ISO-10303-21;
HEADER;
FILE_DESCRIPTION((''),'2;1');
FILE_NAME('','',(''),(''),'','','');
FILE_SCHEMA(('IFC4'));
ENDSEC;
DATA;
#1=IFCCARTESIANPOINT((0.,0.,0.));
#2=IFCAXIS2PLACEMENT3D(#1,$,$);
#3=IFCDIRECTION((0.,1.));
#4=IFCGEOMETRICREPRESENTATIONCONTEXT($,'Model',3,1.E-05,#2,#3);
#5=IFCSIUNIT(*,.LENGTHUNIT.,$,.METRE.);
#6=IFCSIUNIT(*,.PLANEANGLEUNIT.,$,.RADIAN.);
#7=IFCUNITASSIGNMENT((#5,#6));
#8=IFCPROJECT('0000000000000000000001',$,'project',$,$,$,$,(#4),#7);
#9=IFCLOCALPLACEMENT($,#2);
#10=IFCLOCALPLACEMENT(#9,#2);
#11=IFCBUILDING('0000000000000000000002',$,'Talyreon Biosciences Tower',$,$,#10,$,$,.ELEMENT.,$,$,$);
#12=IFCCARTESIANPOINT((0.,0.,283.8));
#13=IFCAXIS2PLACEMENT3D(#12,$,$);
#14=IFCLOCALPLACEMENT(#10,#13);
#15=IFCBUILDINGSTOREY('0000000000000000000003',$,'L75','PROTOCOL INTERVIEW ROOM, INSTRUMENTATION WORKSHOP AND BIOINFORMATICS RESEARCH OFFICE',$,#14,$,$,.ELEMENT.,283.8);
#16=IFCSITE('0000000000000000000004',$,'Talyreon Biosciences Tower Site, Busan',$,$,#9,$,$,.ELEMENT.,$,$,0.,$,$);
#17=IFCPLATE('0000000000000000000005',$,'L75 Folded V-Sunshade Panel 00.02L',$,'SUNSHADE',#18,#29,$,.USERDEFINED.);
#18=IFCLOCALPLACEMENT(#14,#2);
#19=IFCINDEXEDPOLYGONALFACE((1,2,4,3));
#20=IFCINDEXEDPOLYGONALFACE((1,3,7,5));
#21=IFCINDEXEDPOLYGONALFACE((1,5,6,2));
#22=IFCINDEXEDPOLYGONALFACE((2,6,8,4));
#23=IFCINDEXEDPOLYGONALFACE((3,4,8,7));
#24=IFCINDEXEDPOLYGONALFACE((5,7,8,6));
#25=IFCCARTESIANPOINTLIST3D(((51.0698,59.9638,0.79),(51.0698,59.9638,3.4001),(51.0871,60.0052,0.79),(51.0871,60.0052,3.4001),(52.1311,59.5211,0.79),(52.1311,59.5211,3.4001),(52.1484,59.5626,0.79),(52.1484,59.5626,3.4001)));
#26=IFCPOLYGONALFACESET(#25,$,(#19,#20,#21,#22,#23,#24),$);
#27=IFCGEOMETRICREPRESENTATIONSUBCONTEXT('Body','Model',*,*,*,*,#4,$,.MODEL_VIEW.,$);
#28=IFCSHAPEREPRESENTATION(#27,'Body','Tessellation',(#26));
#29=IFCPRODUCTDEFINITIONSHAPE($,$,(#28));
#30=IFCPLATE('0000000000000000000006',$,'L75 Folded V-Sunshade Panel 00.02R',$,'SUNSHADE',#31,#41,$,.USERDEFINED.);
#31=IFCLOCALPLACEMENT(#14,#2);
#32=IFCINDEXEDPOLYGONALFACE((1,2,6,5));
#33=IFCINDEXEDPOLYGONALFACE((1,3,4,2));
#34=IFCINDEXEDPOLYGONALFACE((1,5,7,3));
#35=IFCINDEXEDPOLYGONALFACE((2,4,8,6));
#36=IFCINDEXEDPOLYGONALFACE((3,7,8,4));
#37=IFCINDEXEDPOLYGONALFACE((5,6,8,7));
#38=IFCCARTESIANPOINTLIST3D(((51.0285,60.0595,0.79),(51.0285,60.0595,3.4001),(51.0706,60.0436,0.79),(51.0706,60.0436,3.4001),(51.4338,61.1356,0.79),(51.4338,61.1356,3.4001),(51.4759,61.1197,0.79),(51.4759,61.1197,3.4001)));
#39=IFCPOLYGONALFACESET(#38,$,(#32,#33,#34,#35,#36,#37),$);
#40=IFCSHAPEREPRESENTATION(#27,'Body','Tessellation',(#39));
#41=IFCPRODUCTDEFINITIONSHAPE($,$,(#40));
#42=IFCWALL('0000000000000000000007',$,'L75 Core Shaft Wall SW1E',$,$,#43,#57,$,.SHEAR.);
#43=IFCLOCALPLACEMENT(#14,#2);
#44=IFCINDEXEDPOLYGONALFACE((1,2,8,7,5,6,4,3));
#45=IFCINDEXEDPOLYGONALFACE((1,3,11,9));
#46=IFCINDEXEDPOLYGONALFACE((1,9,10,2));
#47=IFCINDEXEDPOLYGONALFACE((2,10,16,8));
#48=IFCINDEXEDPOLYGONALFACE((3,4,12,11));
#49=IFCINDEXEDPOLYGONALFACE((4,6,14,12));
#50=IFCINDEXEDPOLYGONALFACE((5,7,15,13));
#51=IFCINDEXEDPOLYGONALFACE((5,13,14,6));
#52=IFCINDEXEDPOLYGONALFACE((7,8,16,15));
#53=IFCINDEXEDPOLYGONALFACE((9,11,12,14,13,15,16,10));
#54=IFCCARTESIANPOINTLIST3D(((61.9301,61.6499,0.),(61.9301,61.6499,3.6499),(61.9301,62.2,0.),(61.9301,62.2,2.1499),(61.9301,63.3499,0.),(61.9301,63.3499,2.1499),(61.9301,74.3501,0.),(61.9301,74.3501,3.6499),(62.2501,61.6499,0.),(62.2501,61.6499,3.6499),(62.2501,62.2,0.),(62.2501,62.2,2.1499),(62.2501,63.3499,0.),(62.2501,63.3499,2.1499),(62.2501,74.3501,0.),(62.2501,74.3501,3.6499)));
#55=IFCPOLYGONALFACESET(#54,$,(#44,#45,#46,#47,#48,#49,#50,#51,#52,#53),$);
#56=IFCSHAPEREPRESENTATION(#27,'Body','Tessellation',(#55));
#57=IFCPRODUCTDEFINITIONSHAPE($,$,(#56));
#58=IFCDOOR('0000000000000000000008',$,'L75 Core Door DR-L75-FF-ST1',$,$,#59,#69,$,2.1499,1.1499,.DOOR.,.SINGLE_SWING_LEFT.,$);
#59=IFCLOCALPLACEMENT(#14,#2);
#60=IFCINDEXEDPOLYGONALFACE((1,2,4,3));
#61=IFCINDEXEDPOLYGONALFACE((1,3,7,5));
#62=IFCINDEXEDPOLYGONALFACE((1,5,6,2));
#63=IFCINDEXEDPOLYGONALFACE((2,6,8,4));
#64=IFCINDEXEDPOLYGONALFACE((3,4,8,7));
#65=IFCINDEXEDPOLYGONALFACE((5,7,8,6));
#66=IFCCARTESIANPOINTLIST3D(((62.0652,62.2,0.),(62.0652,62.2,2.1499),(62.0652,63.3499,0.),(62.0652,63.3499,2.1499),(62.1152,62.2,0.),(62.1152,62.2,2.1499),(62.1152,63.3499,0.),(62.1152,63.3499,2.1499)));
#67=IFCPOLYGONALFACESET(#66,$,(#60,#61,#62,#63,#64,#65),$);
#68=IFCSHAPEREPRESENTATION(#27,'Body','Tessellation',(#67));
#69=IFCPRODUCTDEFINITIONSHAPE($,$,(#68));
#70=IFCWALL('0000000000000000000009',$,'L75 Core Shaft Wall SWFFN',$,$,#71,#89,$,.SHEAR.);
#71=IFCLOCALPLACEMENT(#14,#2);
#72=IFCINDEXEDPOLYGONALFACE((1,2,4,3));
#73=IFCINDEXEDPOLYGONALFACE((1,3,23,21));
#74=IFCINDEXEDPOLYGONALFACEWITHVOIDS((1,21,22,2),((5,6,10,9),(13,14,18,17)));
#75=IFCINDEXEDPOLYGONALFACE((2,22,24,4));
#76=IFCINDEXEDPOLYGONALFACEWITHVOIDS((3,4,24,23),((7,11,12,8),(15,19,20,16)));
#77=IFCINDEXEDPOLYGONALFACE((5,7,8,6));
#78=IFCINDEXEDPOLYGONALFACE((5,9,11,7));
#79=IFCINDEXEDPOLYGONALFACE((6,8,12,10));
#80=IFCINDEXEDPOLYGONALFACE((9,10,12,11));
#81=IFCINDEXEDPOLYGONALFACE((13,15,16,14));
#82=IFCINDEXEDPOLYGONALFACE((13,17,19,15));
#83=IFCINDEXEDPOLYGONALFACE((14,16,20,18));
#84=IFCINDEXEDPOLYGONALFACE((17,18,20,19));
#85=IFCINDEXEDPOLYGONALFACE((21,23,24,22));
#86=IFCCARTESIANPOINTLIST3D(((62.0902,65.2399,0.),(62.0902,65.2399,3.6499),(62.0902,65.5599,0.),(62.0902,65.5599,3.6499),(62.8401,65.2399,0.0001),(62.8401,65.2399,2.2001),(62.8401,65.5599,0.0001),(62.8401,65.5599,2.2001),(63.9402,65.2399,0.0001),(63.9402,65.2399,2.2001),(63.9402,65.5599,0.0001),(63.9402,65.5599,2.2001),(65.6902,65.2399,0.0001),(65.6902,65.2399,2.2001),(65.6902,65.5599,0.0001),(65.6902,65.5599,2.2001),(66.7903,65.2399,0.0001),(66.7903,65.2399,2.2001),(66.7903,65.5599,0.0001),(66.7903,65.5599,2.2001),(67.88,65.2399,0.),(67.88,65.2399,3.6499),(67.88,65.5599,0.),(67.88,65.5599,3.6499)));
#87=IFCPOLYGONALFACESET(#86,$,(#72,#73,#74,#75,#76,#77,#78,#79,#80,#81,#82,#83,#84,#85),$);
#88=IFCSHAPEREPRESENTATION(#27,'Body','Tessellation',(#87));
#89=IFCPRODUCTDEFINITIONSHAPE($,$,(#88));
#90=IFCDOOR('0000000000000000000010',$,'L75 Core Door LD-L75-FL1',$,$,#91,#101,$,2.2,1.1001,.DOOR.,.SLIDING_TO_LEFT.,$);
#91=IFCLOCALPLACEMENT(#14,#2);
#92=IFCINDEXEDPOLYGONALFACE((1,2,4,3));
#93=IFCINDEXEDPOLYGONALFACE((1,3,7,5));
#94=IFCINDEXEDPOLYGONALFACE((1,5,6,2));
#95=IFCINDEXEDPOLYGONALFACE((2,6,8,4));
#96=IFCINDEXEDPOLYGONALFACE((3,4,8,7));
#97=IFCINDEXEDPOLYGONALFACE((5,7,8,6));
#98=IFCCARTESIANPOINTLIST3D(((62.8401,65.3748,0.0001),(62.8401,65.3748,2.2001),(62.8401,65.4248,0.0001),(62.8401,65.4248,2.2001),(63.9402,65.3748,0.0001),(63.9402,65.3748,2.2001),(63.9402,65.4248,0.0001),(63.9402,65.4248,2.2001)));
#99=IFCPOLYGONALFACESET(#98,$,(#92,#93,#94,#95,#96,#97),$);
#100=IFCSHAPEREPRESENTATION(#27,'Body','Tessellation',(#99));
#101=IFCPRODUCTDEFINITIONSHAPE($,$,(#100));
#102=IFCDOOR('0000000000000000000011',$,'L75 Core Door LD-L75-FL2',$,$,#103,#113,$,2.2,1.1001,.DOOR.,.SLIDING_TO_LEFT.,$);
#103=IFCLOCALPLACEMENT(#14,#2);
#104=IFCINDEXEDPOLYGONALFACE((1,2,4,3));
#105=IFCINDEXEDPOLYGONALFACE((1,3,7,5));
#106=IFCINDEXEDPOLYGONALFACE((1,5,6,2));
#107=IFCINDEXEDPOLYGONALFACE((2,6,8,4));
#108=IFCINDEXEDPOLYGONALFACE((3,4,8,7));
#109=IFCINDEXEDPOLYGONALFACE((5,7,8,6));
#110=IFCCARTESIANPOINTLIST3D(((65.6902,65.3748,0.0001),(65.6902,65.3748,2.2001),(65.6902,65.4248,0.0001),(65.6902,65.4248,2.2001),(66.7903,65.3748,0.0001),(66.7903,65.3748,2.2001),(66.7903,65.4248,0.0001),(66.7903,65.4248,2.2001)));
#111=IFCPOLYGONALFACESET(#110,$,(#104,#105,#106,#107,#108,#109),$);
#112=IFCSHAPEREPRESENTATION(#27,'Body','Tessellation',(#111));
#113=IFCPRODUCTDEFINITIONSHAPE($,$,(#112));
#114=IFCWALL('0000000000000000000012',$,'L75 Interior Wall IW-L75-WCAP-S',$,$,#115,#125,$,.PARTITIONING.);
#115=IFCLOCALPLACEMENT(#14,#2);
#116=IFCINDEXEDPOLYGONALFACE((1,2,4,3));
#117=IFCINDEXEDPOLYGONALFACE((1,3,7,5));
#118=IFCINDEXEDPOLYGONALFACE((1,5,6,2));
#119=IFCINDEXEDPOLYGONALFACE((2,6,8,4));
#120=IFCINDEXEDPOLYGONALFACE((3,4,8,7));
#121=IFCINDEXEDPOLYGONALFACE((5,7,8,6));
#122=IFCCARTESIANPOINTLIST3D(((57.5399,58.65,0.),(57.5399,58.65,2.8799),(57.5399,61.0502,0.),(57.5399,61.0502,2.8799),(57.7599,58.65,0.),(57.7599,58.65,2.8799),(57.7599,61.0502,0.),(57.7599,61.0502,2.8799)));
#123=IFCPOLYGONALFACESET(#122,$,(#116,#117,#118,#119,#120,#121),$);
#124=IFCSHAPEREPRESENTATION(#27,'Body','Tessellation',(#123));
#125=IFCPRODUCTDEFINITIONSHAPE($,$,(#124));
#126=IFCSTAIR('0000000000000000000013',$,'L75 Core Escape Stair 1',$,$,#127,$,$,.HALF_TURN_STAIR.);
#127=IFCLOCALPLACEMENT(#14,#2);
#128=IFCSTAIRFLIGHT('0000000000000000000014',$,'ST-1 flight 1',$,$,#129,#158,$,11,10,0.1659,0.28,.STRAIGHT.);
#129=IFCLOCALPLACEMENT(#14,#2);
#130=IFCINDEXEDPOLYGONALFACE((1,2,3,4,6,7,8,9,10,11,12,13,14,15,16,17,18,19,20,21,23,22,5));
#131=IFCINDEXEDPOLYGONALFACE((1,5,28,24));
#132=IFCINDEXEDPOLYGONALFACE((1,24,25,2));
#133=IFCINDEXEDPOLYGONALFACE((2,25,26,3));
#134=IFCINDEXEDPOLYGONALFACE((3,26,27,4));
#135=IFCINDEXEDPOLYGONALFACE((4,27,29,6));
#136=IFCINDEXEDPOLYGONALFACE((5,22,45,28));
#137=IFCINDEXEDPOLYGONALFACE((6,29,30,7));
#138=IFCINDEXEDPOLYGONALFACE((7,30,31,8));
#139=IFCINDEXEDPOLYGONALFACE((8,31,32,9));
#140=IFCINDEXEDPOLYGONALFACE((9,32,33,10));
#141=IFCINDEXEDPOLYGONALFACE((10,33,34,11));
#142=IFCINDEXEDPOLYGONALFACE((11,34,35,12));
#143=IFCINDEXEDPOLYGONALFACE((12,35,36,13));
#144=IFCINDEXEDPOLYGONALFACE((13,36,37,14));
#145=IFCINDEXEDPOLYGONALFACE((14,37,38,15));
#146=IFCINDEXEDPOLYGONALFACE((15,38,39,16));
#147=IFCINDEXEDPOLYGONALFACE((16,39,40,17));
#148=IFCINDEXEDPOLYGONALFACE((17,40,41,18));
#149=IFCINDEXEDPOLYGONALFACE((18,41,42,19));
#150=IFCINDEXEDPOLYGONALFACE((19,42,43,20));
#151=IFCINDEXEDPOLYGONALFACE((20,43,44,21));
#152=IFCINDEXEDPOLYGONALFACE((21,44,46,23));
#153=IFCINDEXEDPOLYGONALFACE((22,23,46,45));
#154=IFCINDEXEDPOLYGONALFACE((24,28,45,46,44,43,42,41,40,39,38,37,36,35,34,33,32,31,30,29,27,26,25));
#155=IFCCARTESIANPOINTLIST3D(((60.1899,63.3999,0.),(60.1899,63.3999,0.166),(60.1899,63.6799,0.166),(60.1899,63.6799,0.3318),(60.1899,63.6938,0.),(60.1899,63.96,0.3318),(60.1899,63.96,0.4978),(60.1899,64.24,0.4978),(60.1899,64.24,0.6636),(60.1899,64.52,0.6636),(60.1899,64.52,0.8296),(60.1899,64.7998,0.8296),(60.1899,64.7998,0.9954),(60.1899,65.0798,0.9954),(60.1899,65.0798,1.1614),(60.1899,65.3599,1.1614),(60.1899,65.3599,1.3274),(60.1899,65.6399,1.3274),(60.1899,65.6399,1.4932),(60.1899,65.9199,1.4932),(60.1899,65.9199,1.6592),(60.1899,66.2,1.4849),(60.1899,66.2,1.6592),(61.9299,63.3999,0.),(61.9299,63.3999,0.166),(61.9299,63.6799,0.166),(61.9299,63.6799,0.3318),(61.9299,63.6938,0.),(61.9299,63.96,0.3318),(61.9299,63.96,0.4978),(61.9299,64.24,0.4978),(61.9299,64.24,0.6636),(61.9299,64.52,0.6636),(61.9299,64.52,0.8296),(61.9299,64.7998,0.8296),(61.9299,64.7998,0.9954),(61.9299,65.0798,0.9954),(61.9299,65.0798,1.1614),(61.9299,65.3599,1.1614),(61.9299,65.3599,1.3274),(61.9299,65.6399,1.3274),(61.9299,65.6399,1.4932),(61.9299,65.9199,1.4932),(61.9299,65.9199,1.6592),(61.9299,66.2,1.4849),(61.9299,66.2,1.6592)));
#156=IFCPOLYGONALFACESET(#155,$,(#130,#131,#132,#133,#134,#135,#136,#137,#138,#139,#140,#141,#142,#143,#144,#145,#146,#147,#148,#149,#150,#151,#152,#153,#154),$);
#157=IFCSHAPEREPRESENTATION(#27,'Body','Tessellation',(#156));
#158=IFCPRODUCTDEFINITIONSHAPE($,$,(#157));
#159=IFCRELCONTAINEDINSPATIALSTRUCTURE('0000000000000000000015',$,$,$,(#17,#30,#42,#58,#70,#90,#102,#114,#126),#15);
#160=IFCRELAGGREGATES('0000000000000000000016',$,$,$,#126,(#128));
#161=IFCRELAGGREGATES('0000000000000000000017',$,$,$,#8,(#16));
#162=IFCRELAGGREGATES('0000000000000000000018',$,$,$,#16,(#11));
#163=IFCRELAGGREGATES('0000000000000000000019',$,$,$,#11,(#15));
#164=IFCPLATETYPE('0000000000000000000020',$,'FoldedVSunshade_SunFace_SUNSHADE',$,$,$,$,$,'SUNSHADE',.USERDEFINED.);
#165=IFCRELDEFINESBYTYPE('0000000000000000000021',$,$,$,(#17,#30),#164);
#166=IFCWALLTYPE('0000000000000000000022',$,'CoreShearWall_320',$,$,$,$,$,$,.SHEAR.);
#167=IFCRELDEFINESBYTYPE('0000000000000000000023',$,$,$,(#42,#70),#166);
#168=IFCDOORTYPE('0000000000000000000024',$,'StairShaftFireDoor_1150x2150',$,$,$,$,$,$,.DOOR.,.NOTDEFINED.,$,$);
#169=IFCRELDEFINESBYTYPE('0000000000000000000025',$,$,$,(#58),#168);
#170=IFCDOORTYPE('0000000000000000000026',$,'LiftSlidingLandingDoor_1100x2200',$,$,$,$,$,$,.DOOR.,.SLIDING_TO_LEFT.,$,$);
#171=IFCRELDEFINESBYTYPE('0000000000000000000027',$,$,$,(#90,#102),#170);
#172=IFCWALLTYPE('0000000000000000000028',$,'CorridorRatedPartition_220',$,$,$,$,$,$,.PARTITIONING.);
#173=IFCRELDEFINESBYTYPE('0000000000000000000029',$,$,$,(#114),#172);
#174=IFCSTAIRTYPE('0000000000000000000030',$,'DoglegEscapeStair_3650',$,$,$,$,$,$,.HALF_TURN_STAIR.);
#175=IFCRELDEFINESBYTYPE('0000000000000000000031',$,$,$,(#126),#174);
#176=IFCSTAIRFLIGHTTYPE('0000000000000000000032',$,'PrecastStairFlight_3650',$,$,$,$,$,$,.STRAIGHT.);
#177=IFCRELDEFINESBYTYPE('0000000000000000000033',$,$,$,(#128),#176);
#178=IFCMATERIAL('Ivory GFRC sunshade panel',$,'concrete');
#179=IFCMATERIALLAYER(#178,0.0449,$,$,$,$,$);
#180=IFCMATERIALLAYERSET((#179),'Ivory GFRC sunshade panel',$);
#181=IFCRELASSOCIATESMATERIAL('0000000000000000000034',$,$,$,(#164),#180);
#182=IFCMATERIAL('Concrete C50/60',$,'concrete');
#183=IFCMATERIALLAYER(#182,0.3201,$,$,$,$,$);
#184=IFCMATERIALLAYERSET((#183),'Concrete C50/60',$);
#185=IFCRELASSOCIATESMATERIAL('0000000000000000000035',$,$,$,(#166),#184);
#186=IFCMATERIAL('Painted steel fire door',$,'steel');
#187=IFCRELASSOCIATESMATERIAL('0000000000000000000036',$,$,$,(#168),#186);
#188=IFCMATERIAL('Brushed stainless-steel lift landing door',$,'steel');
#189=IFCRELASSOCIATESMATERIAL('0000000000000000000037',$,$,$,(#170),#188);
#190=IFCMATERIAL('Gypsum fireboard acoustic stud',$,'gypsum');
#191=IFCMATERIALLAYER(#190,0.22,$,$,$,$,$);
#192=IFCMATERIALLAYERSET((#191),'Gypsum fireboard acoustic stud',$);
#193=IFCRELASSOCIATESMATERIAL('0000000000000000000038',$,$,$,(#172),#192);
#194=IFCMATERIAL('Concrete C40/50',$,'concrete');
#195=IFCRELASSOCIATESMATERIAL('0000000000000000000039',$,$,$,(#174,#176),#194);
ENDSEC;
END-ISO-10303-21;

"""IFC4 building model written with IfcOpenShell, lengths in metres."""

from ifc_helpers import new_model, si_unit, direction, frame, frame_2d, origin, origin_2d, place, context, subcontext, project, spatial, polyline, rectangle, outline, extrude, material, layer, layer_set, type_object, element, fill, aggregate, save


model = new_model("IFC4")

# Units and contexts
model_context = context("Model", 3, precision=1e-05, world=origin(), true_north=direction((0.0, 1.0)))
body_context = subcontext(model_context, "Body", "Model", "MODEL_VIEW")
ifc_project = project(units=[si_unit("LENGTHUNIT", "METRE"), si_unit("PLANEANGLEUNIT", "RADIAN")], contexts=[model_context])

# Site, building, storey
site_placement = place(None, origin())
site = spatial("IfcSite", under=ifc_project, at=site_placement, Name="Talyreon Biosciences Tower Site, Busan", CompositionType="ELEMENT", RefElevation=0.0)
building_placement = place(site_placement, origin())
building = spatial("IfcBuilding", under=site, at=building_placement, Name="Talyreon Biosciences Tower", CompositionType="ELEMENT")
storey_placement = place(building_placement, frame((0.0, 0.0, 283.8)))
storey = spatial("IfcBuildingStorey", under=building, at=storey_placement, Name="L75", Description="PROTOCOL INTERVIEW ROOM, INSTRUMENTATION WORKSHOP AND BIOINFORMATICS RESEARCH OFFICE", CompositionType="ELEMENT", Elevation=283.8)

# Shared definitions
ifc_material_1 = material(Name="Concrete C50/60", Category="concrete")

# Plates
ifc_material_2 = material(Name="Ivory GFRC sunshade panel", Category="concrete")
ifc_layer_1 = layer(ifc_material_2, 0.0449)
ifc_layer_set_1 = layer_set([ifc_layer_1], Name="Ivory GFRC sunshade panel")
plate_type = type_object("IfcPlateType", Name="FoldedVSunshade_SunFace_SUNSHADE", ElementType="SUNSHADE", PredefinedType="USERDEFINED", material=ifc_layer_set_1)
for number, where, z_axis, x_axis, name in (
    (1, (51.6091, 59.7632, 0.79), (0.0, 0.0, 1.0), (-0.922948, 0.384924, 0.0), "L75 Folded V-Sunshade Panel 00.02L"),
    (2, (51.2522, 60.5896, 0.79), (0.0, 0.0, 1.0), (0.352479, 0.93582, 0.0), "L75 Folded V-Sunshade Panel 00.02R"),
):
    element("IfcPlate", number, at=place(storey_placement, frame(where, z_axis=z_axis, x_axis=x_axis)), inside=storey, type_object=plate_type, Name=name, ObjectType="SUNSHADE", PredefinedType="USERDEFINED", context=body_context, shape_type="SweptSolid", body=[
        extrude(rectangle(XDim=1.1499, YDim=0.0449, at=origin_2d()), origin(), (0.0, 0.0, 1.0), 2.6101),
    ])

# Wall, opening, door
ifc_layer_2 = layer(ifc_material_1, 0.3201)
ifc_layer_set_2 = layer_set([ifc_layer_2], Name="Concrete C50/60")
wall_type_1 = type_object("IfcWallType", Name="CoreShearWall_320", PredefinedType="SHEAR", material=ifc_layer_set_2)
wall_1_placement = place(storey_placement, frame((62.0901, 61.6499, 0.0), z_axis=(0.0, 0.0, 1.0), x_axis=(0.0, 1.0, 0.0)))
wall_1 = element("IfcWall", 3, at=wall_1_placement, inside=storey, type_object=wall_type_1, Name="L75 Core Shaft Wall SW1E", PredefinedType="SHEAR", context=body_context, shape_type="SweptSolid", body=[
    extrude(rectangle(XDim=12.7002, YDim=0.3201, at=frame_2d((6.3501, 0.0))), origin(), (0.0, 0.0, 1.0), 3.6499),
])
opening_1_placement = place(wall_1_placement, frame((0.55, 0.0, 0.0)))
opening_1 = element("IfcOpeningElement", 4, at=opening_1_placement, cuts=wall_1, PredefinedType="OPENING", context=body_context, shape_type="SweptSolid", body=[
    extrude(rectangle(XDim=1.1499, YDim=2.1499, at=frame_2d((0.575, 1.075))), frame((0.0, 0.1699, 0.0), z_axis=(0.0, -1.0, 0.0), x_axis=(1.0, 0.0, 0.0)), (0.0, 0.0, 1.0), 0.3401),
])
ifc_material_3 = material(Name="Painted steel fire door", Category="steel")
door_type_1 = type_object("IfcDoorType", Name="StairShaftFireDoor_1150x2150", OperationType="NOTDEFINED", PredefinedType="DOOR", material=ifc_material_3)
door_1_placement = place(opening_1_placement, origin())
door_1 = element("IfcDoor", 5, at=door_1_placement, inside=storey, type_object=door_type_1, Name="L75 Core Door DR-L75-FF-ST1", OperationType="SINGLE_SWING_LEFT", OverallHeight=2.1499, OverallWidth=1.1499, PredefinedType="DOOR", context=body_context, shape_type="SweptSolid", body=[
    extrude(rectangle(XDim=1.1499, YDim=2.1499, at=frame_2d((0.575, 1.075))), frame((0.0, 0.0249, 0.0), z_axis=(0.0, -1.0, 0.0), x_axis=(1.0, 0.0, 0.0)), (0.0, 0.0, 1.0), 0.05),
])
fill(opening_1, door_1)

# Wall, openings, doors
wall_2_placement = place(storey_placement, frame((62.0901, 65.3999, 0.0), z_axis=(0.0, 0.0, 1.0), x_axis=(1.0, 0.0, 0.0)))
wall_2 = element("IfcWall", 6, at=wall_2_placement, inside=storey, type_object=wall_type_1, Name="L75 Core Shaft Wall SWFFN", PredefinedType="SHEAR", context=body_context, shape_type="SweptSolid", body=[
    extrude(rectangle(XDim=5.7898, YDim=0.3201, at=frame_2d((2.895, 0.0))), origin(), (0.0, 0.0, 1.0), 3.6499),
])
opening_2_placement = place(wall_2_placement, frame((0.75, 0.0, 0.0)))
opening_2 = element("IfcOpeningElement", 7, at=opening_2_placement, cuts=wall_2, PredefinedType="OPENING", context=body_context, shape_type="SweptSolid", body=[
    extrude(rectangle(XDim=1.1001, YDim=2.2, at=frame_2d((0.55, 1.1001))), frame((0.0, 0.1699, 0.0), z_axis=(0.0, -1.0, 0.0), x_axis=(1.0, 0.0, 0.0)), (0.0, 0.0, 1.0), 0.3401),
])
opening_3_placement = place(wall_2_placement, frame((3.6001, 0.0, 0.0)))
opening_3 = element("IfcOpeningElement", 8, at=opening_3_placement, cuts=wall_2, PredefinedType="OPENING", context=body_context, shape_type="SweptSolid", body=[
    extrude(rectangle(XDim=1.1001, YDim=2.2, at=frame_2d((0.55, 1.1001))), frame((0.0, 0.1699, 0.0), z_axis=(0.0, -1.0, 0.0), x_axis=(1.0, 0.0, 0.0)), (0.0, 0.0, 1.0), 0.3401),
])
ifc_material_4 = material(Name="Brushed stainless-steel lift landing door", Category="steel")
door_type_2 = type_object("IfcDoorType", Name="LiftSlidingLandingDoor_1100x2200", OperationType="SLIDING_TO_LEFT", PredefinedType="DOOR", material=ifc_material_4)
door_2_placement = place(opening_2_placement, origin())
door_2 = element("IfcDoor", 9, at=door_2_placement, inside=storey, type_object=door_type_2, Name="L75 Core Door LD-L75-FL1", OperationType="SLIDING_TO_LEFT", OverallHeight=2.2, OverallWidth=1.1001, PredefinedType="DOOR", context=body_context, shape_type="SweptSolid", body=[
    extrude(rectangle(XDim=1.1001, YDim=2.2, at=frame_2d((0.55, 1.1001))), frame((0.0, 0.0249, 0.0), z_axis=(0.0, -1.0, 0.0), x_axis=(1.0, 0.0, 0.0)), (0.0, 0.0, 1.0), 0.05),
])
fill(opening_2, door_2)
door_3_placement = place(opening_3_placement, origin())
door_3 = element("IfcDoor", 10, at=door_3_placement, inside=storey, type_object=door_type_2, Name="L75 Core Door LD-L75-FL2", OperationType="SLIDING_TO_LEFT", OverallHeight=2.2, OverallWidth=1.1001, PredefinedType="DOOR", context=body_context, shape_type="SweptSolid", body=[
    extrude(rectangle(XDim=1.1001, YDim=2.2, at=frame_2d((0.55, 1.1001))), frame((0.0, 0.0249, 0.0), z_axis=(0.0, -1.0, 0.0), x_axis=(1.0, 0.0, 0.0)), (0.0, 0.0, 1.0), 0.05),
])
fill(opening_3, door_3)

# Wall
ifc_material_5 = material(Name="Gypsum fireboard acoustic stud", Category="gypsum")
ifc_layer_3 = layer(ifc_material_5, 0.22)
ifc_layer_set_3 = layer_set([ifc_layer_3], Name="Gypsum fireboard acoustic stud")
wall_type_2 = type_object("IfcWallType", Name="CorridorRatedPartition_220", PredefinedType="PARTITIONING", material=ifc_layer_set_3)
wall_3_placement = place(storey_placement, frame((57.6499, 58.6499, 0.0), z_axis=(0.0, 0.0, 1.0), x_axis=(0.0, 1.0, 0.0)))
element("IfcWall", 11, at=wall_3_placement, inside=storey, type_object=wall_type_2, Name="L75 Interior Wall IW-L75-WCAP-S", PredefinedType="PARTITIONING", context=body_context, shape_type="SweptSolid", body=[
    extrude(rectangle(XDim=2.4001, YDim=0.22, at=frame_2d((1.2002, 0.0))), origin(), (0.0, 0.0, 1.0), 2.8799),
])

# Stair, stair flight
ifc_material_6 = material(Name="Concrete C40/50", Category="concrete")
stair_type = type_object("IfcStairType", Name="DoglegEscapeStair_3650", PredefinedType="HALF_TURN_STAIR", material=ifc_material_6)
stair_placement = place(storey_placement, origin())
stair = element("IfcStair", 12, at=stair_placement, inside=storey, type_object=stair_type, Name="L75 Core Escape Stair 1", PredefinedType="HALF_TURN_STAIR")
stair_flight_type = type_object("IfcStairFlightType", Name="PrecastStairFlight_3650", PredefinedType="STRAIGHT", material=ifc_material_6)
stair_flight_placement = place(storey_placement, frame((61.0601, 63.3999, 0.0), z_axis=(0.0, 0.0, 1.0), x_axis=(0.0, 1.0, 0.0)))
stair_flight = element("IfcStairFlight", 13, at=stair_flight_placement, type_object=stair_flight_type, Name="ST-1 flight 1", NumberOfRisers=11, NumberOfTreads=10, PredefinedType="STRAIGHT", RiserHeight=0.1659, TreadLength=0.28, context=body_context, shape_type="SweptSolid", body=[
    extrude(outline(polyline([(0.0, 0.0), (0.0, 0.166), (0.28, 0.166), (0.28, 0.3318), (0.5601, 0.3318), (0.5601, 0.4978), (0.8401, 0.4978), (0.8401, 0.6636), (1.1201, 0.6636), (1.1201, 0.8296), (1.3999, 0.8296), (1.3999, 0.9954), (1.6799, 0.9954), (1.6799, 1.1614), (1.96, 1.1614), (1.96, 1.3274), (2.24, 1.3274), (2.24, 1.4932), (2.52, 1.4932), (2.52, 1.6592), (2.8, 1.6592), (2.8, 1.825), (2.8, 1.4849), (0.2939, 0.0), (0.0, 0.0)])), frame((0.0, 0.8701, 0.0), z_axis=(0.0, -1.0, 0.0), x_axis=(1.0, 0.0, 0.0)), (0.0, 0.0, 1.0), 1.74),
])
aggregate(stair, [stair_flight])

save(model, "model.ifc")
